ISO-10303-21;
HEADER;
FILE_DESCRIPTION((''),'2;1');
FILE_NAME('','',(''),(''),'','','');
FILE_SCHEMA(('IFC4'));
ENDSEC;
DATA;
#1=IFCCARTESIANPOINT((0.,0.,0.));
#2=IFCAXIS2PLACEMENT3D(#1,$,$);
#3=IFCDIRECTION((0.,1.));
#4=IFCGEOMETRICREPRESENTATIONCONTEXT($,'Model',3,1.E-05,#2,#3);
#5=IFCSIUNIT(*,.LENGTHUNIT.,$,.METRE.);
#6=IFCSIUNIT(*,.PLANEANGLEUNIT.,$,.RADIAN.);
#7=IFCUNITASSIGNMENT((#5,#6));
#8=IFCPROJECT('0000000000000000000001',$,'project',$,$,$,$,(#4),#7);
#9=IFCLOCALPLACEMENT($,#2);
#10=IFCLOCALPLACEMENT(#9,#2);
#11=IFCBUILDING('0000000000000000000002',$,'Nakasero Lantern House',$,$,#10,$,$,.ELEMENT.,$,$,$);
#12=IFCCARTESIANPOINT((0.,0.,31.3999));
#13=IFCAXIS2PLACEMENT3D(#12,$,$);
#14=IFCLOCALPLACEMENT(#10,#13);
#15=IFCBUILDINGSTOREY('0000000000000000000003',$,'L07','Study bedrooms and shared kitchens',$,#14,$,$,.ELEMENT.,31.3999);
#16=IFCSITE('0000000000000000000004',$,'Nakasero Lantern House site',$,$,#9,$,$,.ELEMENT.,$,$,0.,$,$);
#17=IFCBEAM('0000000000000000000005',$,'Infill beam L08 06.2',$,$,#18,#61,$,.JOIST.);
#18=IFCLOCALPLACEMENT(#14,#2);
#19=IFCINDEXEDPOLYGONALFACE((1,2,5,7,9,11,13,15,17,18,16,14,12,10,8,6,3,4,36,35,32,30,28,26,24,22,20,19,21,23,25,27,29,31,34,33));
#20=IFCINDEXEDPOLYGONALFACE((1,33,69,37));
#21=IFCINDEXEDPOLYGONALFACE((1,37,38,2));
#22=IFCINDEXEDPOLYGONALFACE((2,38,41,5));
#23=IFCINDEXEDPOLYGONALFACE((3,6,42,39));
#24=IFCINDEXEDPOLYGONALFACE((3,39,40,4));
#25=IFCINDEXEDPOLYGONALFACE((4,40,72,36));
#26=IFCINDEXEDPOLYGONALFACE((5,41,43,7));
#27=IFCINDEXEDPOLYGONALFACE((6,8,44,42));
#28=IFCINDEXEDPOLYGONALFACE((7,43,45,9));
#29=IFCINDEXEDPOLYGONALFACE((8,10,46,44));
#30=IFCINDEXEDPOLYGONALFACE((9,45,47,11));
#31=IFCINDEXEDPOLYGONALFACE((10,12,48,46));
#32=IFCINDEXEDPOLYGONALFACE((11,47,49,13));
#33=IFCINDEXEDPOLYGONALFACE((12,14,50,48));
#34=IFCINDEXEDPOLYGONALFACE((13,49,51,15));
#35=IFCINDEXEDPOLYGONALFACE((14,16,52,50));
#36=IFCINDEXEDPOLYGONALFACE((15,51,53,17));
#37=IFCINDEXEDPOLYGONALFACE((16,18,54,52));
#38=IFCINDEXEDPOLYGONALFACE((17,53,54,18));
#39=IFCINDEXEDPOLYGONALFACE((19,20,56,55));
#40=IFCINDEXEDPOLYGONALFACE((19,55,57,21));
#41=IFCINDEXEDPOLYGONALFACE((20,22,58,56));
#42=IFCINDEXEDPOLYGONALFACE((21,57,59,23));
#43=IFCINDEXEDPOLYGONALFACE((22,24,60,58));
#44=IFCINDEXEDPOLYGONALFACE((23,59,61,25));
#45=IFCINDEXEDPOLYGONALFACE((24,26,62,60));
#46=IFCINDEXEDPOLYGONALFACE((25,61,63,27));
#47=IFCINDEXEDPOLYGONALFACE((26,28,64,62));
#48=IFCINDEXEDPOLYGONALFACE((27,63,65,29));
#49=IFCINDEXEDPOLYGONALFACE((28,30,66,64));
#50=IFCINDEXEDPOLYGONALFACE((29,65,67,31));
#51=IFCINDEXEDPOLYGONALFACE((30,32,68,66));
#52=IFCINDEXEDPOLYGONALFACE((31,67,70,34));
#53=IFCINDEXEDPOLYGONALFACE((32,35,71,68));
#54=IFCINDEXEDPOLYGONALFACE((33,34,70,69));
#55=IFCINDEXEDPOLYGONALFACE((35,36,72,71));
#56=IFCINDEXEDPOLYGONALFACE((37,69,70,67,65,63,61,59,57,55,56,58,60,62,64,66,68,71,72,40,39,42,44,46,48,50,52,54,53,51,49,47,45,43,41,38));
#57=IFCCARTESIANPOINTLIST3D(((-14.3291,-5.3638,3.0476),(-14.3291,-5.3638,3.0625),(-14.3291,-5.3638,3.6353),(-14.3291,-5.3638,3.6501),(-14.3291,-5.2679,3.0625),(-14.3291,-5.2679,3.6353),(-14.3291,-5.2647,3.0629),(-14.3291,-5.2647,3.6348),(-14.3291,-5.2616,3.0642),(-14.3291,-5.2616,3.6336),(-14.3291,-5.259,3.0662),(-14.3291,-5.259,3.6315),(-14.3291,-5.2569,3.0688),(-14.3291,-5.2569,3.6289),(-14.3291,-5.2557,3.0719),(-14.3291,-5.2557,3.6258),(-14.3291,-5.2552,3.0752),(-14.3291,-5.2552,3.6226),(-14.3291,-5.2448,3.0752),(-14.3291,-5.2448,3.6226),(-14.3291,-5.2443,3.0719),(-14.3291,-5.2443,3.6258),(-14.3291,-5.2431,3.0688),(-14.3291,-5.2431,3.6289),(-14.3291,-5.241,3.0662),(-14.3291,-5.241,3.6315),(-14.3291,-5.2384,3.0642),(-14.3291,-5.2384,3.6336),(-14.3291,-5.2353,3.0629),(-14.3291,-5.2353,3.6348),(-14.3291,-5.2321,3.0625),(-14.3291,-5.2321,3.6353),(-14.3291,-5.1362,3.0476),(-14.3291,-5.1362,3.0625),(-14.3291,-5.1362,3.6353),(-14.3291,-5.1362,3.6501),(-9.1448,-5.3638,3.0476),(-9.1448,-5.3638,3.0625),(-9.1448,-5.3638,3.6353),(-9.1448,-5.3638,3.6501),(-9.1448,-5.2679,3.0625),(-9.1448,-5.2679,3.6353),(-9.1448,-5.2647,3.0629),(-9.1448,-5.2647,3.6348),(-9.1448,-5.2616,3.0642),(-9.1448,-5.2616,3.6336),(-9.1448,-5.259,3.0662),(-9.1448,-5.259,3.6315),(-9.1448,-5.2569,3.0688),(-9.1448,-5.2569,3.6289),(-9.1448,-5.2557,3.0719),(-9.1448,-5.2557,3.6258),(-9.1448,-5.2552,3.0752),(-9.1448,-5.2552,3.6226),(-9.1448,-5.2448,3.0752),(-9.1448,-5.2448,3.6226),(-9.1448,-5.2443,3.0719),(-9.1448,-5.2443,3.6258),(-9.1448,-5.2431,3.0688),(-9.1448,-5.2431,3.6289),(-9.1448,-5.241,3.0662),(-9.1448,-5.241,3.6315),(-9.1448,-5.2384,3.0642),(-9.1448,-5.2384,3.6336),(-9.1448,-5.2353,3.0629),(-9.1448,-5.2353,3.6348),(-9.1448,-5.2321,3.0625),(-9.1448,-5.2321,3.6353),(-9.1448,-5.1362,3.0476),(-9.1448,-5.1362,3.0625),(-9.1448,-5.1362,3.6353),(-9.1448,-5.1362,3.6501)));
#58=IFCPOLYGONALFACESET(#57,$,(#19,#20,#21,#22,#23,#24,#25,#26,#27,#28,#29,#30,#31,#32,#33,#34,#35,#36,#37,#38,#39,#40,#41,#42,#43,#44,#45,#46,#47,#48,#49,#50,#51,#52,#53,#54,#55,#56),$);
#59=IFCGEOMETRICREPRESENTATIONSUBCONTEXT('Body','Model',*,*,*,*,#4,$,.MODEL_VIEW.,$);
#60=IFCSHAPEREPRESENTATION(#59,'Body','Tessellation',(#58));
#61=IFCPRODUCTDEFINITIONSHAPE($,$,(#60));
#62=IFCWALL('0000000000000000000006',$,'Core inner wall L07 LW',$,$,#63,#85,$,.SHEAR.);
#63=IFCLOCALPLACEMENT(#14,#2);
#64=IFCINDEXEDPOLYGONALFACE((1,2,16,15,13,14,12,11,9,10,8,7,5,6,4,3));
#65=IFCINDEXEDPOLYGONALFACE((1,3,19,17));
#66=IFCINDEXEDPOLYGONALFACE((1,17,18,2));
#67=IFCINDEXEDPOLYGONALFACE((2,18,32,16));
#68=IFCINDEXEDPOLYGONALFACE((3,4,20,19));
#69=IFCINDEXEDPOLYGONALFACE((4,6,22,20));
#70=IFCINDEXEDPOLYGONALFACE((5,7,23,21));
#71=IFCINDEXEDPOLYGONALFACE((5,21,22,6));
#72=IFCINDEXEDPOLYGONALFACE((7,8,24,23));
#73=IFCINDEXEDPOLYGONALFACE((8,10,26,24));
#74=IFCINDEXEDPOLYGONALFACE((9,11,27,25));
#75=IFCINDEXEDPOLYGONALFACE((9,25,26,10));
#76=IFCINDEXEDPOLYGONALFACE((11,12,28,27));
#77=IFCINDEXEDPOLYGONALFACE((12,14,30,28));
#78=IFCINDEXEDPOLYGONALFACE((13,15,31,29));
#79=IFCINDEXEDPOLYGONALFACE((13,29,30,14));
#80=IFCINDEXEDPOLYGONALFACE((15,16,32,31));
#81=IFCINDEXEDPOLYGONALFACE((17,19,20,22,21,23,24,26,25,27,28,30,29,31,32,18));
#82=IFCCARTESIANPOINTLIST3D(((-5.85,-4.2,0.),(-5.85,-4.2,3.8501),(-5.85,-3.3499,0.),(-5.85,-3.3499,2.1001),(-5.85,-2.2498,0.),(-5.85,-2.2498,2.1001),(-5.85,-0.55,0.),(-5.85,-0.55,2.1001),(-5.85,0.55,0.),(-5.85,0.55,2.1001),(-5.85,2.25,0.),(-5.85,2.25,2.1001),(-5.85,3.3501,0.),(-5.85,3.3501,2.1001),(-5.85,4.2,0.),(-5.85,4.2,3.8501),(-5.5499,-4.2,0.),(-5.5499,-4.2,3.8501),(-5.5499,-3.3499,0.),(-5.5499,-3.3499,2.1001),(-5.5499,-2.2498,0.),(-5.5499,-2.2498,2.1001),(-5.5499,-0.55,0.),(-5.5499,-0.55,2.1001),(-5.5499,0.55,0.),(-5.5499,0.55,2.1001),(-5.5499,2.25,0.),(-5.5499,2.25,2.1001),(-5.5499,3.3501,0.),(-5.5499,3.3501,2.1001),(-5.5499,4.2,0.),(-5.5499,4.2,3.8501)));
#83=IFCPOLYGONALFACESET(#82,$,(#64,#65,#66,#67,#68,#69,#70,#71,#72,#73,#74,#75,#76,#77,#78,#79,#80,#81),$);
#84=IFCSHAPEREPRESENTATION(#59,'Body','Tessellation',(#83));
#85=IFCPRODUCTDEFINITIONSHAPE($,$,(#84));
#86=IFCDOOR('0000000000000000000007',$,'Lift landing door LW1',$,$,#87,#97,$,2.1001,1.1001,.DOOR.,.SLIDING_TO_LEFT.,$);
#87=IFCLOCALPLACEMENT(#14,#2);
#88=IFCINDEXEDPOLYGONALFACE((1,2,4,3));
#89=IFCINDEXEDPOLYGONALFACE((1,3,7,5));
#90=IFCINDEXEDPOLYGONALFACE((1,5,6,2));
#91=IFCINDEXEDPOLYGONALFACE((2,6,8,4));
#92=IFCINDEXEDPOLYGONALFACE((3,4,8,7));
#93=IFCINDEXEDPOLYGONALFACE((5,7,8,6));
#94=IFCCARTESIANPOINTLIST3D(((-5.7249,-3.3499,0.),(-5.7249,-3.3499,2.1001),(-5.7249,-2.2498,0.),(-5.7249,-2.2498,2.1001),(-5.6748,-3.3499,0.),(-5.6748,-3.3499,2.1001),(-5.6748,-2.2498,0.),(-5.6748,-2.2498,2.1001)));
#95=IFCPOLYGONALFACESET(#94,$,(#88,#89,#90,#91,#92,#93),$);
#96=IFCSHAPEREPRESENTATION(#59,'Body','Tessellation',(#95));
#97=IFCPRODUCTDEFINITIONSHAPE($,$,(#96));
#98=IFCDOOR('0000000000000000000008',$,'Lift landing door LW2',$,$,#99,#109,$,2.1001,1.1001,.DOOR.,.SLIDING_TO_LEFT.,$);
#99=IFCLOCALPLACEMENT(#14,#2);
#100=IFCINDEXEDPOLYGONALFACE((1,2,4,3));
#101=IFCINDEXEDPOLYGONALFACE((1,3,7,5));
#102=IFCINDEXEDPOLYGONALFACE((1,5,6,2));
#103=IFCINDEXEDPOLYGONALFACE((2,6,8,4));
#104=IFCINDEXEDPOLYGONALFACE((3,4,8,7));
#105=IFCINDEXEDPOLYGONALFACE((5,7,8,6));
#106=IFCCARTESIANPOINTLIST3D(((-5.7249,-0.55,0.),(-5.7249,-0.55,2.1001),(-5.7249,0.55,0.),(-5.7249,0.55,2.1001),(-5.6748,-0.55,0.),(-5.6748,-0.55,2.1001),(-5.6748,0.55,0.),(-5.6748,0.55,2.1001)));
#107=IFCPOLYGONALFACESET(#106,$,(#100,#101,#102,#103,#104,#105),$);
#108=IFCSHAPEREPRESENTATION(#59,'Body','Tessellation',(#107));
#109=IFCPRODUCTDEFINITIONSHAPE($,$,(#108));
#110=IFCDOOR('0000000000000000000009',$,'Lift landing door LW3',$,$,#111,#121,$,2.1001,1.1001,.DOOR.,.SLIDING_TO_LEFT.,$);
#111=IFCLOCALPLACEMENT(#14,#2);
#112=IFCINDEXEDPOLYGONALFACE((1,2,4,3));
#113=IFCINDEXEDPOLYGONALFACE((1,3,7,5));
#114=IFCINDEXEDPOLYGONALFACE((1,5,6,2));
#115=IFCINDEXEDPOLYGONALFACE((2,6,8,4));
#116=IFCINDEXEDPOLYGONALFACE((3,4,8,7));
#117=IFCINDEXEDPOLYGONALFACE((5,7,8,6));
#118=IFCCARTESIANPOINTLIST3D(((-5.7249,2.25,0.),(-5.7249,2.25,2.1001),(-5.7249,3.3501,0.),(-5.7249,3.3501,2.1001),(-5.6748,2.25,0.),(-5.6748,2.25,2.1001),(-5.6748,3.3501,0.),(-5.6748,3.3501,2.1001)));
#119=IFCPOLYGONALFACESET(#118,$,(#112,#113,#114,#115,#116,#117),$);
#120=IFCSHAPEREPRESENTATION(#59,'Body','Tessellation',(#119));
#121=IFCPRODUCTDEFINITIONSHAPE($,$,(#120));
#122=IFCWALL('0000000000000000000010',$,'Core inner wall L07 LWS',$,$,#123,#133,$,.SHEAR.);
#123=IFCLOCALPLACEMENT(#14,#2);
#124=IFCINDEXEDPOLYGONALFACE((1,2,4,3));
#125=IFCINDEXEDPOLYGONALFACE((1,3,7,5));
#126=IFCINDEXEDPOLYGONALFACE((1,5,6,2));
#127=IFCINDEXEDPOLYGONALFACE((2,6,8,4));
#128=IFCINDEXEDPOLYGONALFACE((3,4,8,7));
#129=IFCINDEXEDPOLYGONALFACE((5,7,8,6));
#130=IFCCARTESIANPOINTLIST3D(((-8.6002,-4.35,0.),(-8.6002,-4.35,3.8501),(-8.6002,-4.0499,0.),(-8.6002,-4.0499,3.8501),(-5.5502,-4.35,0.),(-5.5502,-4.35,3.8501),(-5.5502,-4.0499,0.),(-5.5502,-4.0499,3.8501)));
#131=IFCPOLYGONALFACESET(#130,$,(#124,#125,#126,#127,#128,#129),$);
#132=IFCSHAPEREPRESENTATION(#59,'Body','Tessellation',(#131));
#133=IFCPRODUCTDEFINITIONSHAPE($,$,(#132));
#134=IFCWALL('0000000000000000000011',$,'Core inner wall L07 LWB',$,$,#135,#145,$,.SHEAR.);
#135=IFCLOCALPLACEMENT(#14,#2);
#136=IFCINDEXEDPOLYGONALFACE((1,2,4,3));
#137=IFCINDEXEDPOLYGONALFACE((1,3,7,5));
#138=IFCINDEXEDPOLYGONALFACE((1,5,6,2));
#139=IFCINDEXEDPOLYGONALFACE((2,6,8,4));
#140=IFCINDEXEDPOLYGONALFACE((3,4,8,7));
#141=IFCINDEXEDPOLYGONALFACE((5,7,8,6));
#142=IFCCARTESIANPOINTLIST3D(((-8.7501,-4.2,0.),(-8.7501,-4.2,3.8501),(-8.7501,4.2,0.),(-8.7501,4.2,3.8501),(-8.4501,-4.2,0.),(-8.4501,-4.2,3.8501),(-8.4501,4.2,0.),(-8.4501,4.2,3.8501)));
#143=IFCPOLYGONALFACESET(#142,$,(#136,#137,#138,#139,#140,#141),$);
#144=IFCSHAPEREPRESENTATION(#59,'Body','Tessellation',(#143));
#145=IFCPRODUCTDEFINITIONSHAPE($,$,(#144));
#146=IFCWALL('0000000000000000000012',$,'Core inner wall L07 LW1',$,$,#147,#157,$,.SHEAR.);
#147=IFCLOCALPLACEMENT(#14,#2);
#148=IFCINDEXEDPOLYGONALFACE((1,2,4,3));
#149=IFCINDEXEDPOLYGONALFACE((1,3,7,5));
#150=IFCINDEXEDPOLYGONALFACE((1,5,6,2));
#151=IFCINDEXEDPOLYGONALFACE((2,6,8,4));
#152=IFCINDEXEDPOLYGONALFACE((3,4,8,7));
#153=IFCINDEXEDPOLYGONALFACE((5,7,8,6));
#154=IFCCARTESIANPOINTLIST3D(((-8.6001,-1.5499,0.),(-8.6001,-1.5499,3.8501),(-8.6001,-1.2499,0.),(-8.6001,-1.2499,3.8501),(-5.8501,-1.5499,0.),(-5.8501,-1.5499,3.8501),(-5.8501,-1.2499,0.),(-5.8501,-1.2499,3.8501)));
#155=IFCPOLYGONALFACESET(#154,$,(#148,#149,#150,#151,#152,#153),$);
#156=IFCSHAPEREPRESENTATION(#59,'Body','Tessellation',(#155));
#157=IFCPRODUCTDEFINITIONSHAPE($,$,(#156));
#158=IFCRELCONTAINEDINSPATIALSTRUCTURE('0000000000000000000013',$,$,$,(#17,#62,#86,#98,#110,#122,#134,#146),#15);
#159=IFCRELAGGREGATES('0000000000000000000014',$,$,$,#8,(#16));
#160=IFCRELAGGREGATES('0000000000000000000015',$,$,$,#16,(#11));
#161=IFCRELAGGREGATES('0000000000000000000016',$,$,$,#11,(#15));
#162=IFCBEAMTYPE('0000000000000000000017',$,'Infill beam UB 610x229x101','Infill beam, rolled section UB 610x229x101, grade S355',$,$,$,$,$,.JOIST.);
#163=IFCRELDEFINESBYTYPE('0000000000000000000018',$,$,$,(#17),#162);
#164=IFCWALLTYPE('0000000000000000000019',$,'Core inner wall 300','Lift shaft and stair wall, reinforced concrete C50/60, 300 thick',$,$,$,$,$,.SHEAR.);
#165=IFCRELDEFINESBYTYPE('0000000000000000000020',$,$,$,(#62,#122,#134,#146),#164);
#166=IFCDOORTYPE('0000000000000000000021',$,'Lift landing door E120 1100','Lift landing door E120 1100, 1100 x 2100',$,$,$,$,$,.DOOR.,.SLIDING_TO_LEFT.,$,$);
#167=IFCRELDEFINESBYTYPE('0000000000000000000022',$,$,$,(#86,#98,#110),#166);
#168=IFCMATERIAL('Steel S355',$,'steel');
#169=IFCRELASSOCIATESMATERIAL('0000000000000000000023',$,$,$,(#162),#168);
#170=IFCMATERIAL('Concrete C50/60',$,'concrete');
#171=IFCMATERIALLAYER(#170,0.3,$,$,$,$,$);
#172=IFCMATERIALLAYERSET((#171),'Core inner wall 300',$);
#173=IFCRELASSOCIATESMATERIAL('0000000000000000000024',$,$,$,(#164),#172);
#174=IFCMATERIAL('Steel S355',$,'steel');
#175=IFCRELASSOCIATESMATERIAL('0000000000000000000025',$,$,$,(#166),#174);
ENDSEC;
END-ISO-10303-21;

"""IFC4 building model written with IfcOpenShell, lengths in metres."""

from ifc_helpers import new_model, si_unit, direction, frame, frame_2d, origin, origin_2d, place, context, subcontext, project, spatial, rectangle, i_section, extrude, material, layer, layer_set, material_profile, profile_set, type_object, element, fill, save


model = new_model("IFC4")

# Units and contexts
model_context = context("Model", 3, precision=1e-05, world=origin(), true_north=direction((0.0, 1.0)))
body_context = subcontext(model_context, "Body", "Model", "MODEL_VIEW")
ifc_project = project(units=[si_unit("LENGTHUNIT", "METRE"), si_unit("PLANEANGLEUNIT", "RADIAN")], contexts=[model_context])

# Site, building, storey
site_placement = place(None, origin())
site = spatial("IfcSite", under=ifc_project, at=site_placement, Name="Nakasero Lantern House site", CompositionType="ELEMENT", RefElevation=0.0)
building_placement = place(site_placement, origin())
building = spatial("IfcBuilding", under=site, at=building_placement, Name="Nakasero Lantern House", CompositionType="ELEMENT")
storey_placement = place(building_placement, frame((0.0, 0.0, 31.3999)))
storey = spatial("IfcBuildingStorey", under=building, at=storey_placement, Name="L07", Description="Study bedrooms and shared kitchens", CompositionType="ELEMENT", Elevation=31.3999)

# Beam
ifc_material_1 = material(Name="Steel S355", Category="steel")
ifc_material_profile_1 = material_profile(ifc_material_1, i_section(OverallWidth=0.2275, OverallDepth=0.6025, WebThickness=0.0105, FlangeThickness=0.0149, FilletRadius=0.0127, at=origin_2d()), Name="UB 610x229x101")
ifc_profile_set_1 = profile_set([ifc_material_profile_1], Name="Steel S355")
beam_type_1 = type_object("IfcBeamType", Name="Infill beam UB 610x229x101", Description="Infill beam, rolled section UB 610x229x101, grade S355", PredefinedType="JOIST", material=ifc_profile_set_1)
beam_1_placement = place(storey_placement, frame((-14.3291, -5.25, 3.3489), z_axis=(1.0, 0.0, 0.0), x_axis=(0.0, 1.0, 0.0)))
element("IfcBeam", 1, at=beam_1_placement, inside=storey, type_object=beam_type_1, Name="Infill beam L08 06.2", PredefinedType="JOIST", context=body_context, shape_type="SweptSolid", body=[
    extrude(i_section(OverallWidth=0.2275, OverallDepth=0.6025, WebThickness=0.0105, FlangeThickness=0.0149, FilletRadius=0.0127, at=origin_2d()), origin(), (0.0, 0.0, 1.0), 5.1843),
])

# Wall, openings, doors
ifc_material_2 = material(Name="Concrete C50/60", Category="concrete")
ifc_layer_1 = layer(ifc_material_2, 0.3)
ifc_layer_set_1 = layer_set([ifc_layer_1], Name="Core inner wall 300")
wall_type_1 = type_object("IfcWallType", Name="Core inner wall 300", Description="Lift shaft and stair wall, reinforced concrete C50/60, 300 thick", PredefinedType="SHEAR", material=ifc_layer_set_1)
wall_1_placement = place(storey_placement, frame((-5.7, -4.2, 0.0), z_axis=(0.0, 0.0, 1.0), x_axis=(0.0, 1.0, 0.0)))
wall_1 = element("IfcWall", 2, at=wall_1_placement, inside=storey, type_object=wall_type_1, Name="Core inner wall L07 LW", PredefinedType="SHEAR", context=body_context, shape_type="SweptSolid", body=[
    extrude(rectangle(XDim=8.3999, YDim=0.3, at=frame_2d((4.2, 0.0))), origin(), (0.0, 0.0, 1.0), 3.8501),
])
opening_1_placement = place(wall_1_placement, frame((0.8501, 0.0, 0.0)))
opening_1 = element("IfcOpeningElement", 3, at=opening_1_placement, cuts=wall_1, PredefinedType="OPENING", context=body_context, shape_type="SweptSolid", body=[
    extrude(rectangle(XDim=1.1001, YDim=2.1001, at=frame_2d((0.55, 1.05))), frame((0.0, 0.1699, 0.0), z_axis=(0.0, -1.0, 0.0), x_axis=(1.0, 0.0, 0.0)), (0.0, 0.0, 1.0), 0.3401),
])
opening_2_placement = place(wall_1_placement, frame((3.6499, 0.0, 0.0)))
opening_2 = element("IfcOpeningElement", 4, at=opening_2_placement, cuts=wall_1, PredefinedType="OPENING", context=body_context, shape_type="SweptSolid", body=[
    extrude(rectangle(XDim=1.1001, YDim=2.1001, at=frame_2d((0.55, 1.05))), frame((0.0, 0.1699, 0.0), z_axis=(0.0, -1.0, 0.0), x_axis=(1.0, 0.0, 0.0)), (0.0, 0.0, 1.0), 0.3401),
])
opening_3_placement = place(wall_1_placement, frame((6.45, 0.0, 0.0)))
opening_3 = element("IfcOpeningElement", 5, at=opening_3_placement, cuts=wall_1, PredefinedType="OPENING", context=body_context, shape_type="SweptSolid", body=[
    extrude(rectangle(XDim=1.1001, YDim=2.1001, at=frame_2d((0.55, 1.05))), frame((0.0, 0.1699, 0.0), z_axis=(0.0, -1.0, 0.0), x_axis=(1.0, 0.0, 0.0)), (0.0, 0.0, 1.0), 0.3401),
])
ifc_material_3 = material(Name="Steel S355", Category="steel")
door_type_1 = type_object("IfcDoorType", Name="Lift landing door E120 1100", Description="Lift landing door E120 1100, 1100 x 2100", OperationType="SLIDING_TO_LEFT", PredefinedType="DOOR", material=ifc_material_3)
door_1_placement = place(opening_1_placement, origin())
door_1 = element("IfcDoor", 6, at=door_1_placement, inside=storey, type_object=door_type_1, Name="Lift landing door LW1", OperationType="SLIDING_TO_LEFT", OverallHeight=2.1001, OverallWidth=1.1001, PredefinedType="DOOR", context=body_context, shape_type="SweptSolid", body=[
    extrude(rectangle(XDim=1.1001, YDim=2.1001, at=frame_2d((0.55, 1.05))), frame((0.0, 0.0249, 0.0), z_axis=(0.0, -1.0, 0.0), x_axis=(1.0, 0.0, 0.0)), (0.0, 0.0, 1.0), 0.05),
])
fill(opening_1, door_1)
door_2_placement = place(opening_2_placement, origin())
door_2 = element("IfcDoor", 7, at=door_2_placement, inside=storey, type_object=door_type_1, Name="Lift landing door LW2", OperationType="SLIDING_TO_LEFT", OverallHeight=2.1001, OverallWidth=1.1001, PredefinedType="DOOR", context=body_context, shape_type="SweptSolid", body=[
    extrude(rectangle(XDim=1.1001, YDim=2.1001, at=frame_2d((0.55, 1.05))), frame((0.0, 0.0249, 0.0), z_axis=(0.0, -1.0, 0.0), x_axis=(1.0, 0.0, 0.0)), (0.0, 0.0, 1.0), 0.05),
])
fill(opening_2, door_2)
door_3_placement = place(opening_3_placement, origin())
door_3 = element("IfcDoor", 8, at=door_3_placement, inside=storey, type_object=door_type_1, Name="Lift landing door LW3", OperationType="SLIDING_TO_LEFT", OverallHeight=2.1001, OverallWidth=1.1001, PredefinedType="DOOR", context=body_context, shape_type="SweptSolid", body=[
    extrude(rectangle(XDim=1.1001, YDim=2.1001, at=frame_2d((0.55, 1.05))), frame((0.0, 0.0249, 0.0), z_axis=(0.0, -1.0, 0.0), x_axis=(1.0, 0.0, 0.0)), (0.0, 0.0, 1.0), 0.05),
])
fill(opening_3, door_3)

# Walls
wall_2_placement = place(storey_placement, frame((-8.6001, -4.2, 0.0), z_axis=(0.0, 0.0, 1.0), x_axis=(1.0, 0.0, 0.0)))
element("IfcWall", 9, at=wall_2_placement, inside=storey, type_object=wall_type_1, Name="Core inner wall L07 LWS", PredefinedType="SHEAR", context=body_context, shape_type="SweptSolid", body=[
    extrude(rectangle(XDim=3.05, YDim=0.3, at=frame_2d((1.5249, 0.0))), origin(), (0.0, 0.0, 1.0), 3.8501),
])
wall_3_placement = place(storey_placement, frame((-8.6001, -4.2, 0.0), z_axis=(0.0, 0.0, 1.0), x_axis=(0.0, 1.0, 0.0)))
element("IfcWall", 10, at=wall_3_placement, inside=storey, type_object=wall_type_1, Name="Core inner wall L07 LWB", PredefinedType="SHEAR", context=body_context, shape_type="SweptSolid", body=[
    extrude(rectangle(XDim=8.3999, YDim=0.3, at=frame_2d((4.2, 0.0))), origin(), (0.0, 0.0, 1.0), 3.8501),
])
wall_4_placement = place(storey_placement, frame((-8.6001, -1.3999, 0.0), z_axis=(0.0, 0.0, 1.0), x_axis=(1.0, 0.0, 0.0)))
element("IfcWall", 11, at=wall_4_placement, inside=storey, type_object=wall_type_1, Name="Core inner wall L07 LW1", PredefinedType="SHEAR", context=body_context, shape_type="SweptSolid", body=[
    extrude(rectangle(XDim=2.75, YDim=0.3, at=frame_2d((1.375, 0.0))), origin(), (0.0, 0.0, 1.0), 3.8501),
])

save(model, "model.ifc")
